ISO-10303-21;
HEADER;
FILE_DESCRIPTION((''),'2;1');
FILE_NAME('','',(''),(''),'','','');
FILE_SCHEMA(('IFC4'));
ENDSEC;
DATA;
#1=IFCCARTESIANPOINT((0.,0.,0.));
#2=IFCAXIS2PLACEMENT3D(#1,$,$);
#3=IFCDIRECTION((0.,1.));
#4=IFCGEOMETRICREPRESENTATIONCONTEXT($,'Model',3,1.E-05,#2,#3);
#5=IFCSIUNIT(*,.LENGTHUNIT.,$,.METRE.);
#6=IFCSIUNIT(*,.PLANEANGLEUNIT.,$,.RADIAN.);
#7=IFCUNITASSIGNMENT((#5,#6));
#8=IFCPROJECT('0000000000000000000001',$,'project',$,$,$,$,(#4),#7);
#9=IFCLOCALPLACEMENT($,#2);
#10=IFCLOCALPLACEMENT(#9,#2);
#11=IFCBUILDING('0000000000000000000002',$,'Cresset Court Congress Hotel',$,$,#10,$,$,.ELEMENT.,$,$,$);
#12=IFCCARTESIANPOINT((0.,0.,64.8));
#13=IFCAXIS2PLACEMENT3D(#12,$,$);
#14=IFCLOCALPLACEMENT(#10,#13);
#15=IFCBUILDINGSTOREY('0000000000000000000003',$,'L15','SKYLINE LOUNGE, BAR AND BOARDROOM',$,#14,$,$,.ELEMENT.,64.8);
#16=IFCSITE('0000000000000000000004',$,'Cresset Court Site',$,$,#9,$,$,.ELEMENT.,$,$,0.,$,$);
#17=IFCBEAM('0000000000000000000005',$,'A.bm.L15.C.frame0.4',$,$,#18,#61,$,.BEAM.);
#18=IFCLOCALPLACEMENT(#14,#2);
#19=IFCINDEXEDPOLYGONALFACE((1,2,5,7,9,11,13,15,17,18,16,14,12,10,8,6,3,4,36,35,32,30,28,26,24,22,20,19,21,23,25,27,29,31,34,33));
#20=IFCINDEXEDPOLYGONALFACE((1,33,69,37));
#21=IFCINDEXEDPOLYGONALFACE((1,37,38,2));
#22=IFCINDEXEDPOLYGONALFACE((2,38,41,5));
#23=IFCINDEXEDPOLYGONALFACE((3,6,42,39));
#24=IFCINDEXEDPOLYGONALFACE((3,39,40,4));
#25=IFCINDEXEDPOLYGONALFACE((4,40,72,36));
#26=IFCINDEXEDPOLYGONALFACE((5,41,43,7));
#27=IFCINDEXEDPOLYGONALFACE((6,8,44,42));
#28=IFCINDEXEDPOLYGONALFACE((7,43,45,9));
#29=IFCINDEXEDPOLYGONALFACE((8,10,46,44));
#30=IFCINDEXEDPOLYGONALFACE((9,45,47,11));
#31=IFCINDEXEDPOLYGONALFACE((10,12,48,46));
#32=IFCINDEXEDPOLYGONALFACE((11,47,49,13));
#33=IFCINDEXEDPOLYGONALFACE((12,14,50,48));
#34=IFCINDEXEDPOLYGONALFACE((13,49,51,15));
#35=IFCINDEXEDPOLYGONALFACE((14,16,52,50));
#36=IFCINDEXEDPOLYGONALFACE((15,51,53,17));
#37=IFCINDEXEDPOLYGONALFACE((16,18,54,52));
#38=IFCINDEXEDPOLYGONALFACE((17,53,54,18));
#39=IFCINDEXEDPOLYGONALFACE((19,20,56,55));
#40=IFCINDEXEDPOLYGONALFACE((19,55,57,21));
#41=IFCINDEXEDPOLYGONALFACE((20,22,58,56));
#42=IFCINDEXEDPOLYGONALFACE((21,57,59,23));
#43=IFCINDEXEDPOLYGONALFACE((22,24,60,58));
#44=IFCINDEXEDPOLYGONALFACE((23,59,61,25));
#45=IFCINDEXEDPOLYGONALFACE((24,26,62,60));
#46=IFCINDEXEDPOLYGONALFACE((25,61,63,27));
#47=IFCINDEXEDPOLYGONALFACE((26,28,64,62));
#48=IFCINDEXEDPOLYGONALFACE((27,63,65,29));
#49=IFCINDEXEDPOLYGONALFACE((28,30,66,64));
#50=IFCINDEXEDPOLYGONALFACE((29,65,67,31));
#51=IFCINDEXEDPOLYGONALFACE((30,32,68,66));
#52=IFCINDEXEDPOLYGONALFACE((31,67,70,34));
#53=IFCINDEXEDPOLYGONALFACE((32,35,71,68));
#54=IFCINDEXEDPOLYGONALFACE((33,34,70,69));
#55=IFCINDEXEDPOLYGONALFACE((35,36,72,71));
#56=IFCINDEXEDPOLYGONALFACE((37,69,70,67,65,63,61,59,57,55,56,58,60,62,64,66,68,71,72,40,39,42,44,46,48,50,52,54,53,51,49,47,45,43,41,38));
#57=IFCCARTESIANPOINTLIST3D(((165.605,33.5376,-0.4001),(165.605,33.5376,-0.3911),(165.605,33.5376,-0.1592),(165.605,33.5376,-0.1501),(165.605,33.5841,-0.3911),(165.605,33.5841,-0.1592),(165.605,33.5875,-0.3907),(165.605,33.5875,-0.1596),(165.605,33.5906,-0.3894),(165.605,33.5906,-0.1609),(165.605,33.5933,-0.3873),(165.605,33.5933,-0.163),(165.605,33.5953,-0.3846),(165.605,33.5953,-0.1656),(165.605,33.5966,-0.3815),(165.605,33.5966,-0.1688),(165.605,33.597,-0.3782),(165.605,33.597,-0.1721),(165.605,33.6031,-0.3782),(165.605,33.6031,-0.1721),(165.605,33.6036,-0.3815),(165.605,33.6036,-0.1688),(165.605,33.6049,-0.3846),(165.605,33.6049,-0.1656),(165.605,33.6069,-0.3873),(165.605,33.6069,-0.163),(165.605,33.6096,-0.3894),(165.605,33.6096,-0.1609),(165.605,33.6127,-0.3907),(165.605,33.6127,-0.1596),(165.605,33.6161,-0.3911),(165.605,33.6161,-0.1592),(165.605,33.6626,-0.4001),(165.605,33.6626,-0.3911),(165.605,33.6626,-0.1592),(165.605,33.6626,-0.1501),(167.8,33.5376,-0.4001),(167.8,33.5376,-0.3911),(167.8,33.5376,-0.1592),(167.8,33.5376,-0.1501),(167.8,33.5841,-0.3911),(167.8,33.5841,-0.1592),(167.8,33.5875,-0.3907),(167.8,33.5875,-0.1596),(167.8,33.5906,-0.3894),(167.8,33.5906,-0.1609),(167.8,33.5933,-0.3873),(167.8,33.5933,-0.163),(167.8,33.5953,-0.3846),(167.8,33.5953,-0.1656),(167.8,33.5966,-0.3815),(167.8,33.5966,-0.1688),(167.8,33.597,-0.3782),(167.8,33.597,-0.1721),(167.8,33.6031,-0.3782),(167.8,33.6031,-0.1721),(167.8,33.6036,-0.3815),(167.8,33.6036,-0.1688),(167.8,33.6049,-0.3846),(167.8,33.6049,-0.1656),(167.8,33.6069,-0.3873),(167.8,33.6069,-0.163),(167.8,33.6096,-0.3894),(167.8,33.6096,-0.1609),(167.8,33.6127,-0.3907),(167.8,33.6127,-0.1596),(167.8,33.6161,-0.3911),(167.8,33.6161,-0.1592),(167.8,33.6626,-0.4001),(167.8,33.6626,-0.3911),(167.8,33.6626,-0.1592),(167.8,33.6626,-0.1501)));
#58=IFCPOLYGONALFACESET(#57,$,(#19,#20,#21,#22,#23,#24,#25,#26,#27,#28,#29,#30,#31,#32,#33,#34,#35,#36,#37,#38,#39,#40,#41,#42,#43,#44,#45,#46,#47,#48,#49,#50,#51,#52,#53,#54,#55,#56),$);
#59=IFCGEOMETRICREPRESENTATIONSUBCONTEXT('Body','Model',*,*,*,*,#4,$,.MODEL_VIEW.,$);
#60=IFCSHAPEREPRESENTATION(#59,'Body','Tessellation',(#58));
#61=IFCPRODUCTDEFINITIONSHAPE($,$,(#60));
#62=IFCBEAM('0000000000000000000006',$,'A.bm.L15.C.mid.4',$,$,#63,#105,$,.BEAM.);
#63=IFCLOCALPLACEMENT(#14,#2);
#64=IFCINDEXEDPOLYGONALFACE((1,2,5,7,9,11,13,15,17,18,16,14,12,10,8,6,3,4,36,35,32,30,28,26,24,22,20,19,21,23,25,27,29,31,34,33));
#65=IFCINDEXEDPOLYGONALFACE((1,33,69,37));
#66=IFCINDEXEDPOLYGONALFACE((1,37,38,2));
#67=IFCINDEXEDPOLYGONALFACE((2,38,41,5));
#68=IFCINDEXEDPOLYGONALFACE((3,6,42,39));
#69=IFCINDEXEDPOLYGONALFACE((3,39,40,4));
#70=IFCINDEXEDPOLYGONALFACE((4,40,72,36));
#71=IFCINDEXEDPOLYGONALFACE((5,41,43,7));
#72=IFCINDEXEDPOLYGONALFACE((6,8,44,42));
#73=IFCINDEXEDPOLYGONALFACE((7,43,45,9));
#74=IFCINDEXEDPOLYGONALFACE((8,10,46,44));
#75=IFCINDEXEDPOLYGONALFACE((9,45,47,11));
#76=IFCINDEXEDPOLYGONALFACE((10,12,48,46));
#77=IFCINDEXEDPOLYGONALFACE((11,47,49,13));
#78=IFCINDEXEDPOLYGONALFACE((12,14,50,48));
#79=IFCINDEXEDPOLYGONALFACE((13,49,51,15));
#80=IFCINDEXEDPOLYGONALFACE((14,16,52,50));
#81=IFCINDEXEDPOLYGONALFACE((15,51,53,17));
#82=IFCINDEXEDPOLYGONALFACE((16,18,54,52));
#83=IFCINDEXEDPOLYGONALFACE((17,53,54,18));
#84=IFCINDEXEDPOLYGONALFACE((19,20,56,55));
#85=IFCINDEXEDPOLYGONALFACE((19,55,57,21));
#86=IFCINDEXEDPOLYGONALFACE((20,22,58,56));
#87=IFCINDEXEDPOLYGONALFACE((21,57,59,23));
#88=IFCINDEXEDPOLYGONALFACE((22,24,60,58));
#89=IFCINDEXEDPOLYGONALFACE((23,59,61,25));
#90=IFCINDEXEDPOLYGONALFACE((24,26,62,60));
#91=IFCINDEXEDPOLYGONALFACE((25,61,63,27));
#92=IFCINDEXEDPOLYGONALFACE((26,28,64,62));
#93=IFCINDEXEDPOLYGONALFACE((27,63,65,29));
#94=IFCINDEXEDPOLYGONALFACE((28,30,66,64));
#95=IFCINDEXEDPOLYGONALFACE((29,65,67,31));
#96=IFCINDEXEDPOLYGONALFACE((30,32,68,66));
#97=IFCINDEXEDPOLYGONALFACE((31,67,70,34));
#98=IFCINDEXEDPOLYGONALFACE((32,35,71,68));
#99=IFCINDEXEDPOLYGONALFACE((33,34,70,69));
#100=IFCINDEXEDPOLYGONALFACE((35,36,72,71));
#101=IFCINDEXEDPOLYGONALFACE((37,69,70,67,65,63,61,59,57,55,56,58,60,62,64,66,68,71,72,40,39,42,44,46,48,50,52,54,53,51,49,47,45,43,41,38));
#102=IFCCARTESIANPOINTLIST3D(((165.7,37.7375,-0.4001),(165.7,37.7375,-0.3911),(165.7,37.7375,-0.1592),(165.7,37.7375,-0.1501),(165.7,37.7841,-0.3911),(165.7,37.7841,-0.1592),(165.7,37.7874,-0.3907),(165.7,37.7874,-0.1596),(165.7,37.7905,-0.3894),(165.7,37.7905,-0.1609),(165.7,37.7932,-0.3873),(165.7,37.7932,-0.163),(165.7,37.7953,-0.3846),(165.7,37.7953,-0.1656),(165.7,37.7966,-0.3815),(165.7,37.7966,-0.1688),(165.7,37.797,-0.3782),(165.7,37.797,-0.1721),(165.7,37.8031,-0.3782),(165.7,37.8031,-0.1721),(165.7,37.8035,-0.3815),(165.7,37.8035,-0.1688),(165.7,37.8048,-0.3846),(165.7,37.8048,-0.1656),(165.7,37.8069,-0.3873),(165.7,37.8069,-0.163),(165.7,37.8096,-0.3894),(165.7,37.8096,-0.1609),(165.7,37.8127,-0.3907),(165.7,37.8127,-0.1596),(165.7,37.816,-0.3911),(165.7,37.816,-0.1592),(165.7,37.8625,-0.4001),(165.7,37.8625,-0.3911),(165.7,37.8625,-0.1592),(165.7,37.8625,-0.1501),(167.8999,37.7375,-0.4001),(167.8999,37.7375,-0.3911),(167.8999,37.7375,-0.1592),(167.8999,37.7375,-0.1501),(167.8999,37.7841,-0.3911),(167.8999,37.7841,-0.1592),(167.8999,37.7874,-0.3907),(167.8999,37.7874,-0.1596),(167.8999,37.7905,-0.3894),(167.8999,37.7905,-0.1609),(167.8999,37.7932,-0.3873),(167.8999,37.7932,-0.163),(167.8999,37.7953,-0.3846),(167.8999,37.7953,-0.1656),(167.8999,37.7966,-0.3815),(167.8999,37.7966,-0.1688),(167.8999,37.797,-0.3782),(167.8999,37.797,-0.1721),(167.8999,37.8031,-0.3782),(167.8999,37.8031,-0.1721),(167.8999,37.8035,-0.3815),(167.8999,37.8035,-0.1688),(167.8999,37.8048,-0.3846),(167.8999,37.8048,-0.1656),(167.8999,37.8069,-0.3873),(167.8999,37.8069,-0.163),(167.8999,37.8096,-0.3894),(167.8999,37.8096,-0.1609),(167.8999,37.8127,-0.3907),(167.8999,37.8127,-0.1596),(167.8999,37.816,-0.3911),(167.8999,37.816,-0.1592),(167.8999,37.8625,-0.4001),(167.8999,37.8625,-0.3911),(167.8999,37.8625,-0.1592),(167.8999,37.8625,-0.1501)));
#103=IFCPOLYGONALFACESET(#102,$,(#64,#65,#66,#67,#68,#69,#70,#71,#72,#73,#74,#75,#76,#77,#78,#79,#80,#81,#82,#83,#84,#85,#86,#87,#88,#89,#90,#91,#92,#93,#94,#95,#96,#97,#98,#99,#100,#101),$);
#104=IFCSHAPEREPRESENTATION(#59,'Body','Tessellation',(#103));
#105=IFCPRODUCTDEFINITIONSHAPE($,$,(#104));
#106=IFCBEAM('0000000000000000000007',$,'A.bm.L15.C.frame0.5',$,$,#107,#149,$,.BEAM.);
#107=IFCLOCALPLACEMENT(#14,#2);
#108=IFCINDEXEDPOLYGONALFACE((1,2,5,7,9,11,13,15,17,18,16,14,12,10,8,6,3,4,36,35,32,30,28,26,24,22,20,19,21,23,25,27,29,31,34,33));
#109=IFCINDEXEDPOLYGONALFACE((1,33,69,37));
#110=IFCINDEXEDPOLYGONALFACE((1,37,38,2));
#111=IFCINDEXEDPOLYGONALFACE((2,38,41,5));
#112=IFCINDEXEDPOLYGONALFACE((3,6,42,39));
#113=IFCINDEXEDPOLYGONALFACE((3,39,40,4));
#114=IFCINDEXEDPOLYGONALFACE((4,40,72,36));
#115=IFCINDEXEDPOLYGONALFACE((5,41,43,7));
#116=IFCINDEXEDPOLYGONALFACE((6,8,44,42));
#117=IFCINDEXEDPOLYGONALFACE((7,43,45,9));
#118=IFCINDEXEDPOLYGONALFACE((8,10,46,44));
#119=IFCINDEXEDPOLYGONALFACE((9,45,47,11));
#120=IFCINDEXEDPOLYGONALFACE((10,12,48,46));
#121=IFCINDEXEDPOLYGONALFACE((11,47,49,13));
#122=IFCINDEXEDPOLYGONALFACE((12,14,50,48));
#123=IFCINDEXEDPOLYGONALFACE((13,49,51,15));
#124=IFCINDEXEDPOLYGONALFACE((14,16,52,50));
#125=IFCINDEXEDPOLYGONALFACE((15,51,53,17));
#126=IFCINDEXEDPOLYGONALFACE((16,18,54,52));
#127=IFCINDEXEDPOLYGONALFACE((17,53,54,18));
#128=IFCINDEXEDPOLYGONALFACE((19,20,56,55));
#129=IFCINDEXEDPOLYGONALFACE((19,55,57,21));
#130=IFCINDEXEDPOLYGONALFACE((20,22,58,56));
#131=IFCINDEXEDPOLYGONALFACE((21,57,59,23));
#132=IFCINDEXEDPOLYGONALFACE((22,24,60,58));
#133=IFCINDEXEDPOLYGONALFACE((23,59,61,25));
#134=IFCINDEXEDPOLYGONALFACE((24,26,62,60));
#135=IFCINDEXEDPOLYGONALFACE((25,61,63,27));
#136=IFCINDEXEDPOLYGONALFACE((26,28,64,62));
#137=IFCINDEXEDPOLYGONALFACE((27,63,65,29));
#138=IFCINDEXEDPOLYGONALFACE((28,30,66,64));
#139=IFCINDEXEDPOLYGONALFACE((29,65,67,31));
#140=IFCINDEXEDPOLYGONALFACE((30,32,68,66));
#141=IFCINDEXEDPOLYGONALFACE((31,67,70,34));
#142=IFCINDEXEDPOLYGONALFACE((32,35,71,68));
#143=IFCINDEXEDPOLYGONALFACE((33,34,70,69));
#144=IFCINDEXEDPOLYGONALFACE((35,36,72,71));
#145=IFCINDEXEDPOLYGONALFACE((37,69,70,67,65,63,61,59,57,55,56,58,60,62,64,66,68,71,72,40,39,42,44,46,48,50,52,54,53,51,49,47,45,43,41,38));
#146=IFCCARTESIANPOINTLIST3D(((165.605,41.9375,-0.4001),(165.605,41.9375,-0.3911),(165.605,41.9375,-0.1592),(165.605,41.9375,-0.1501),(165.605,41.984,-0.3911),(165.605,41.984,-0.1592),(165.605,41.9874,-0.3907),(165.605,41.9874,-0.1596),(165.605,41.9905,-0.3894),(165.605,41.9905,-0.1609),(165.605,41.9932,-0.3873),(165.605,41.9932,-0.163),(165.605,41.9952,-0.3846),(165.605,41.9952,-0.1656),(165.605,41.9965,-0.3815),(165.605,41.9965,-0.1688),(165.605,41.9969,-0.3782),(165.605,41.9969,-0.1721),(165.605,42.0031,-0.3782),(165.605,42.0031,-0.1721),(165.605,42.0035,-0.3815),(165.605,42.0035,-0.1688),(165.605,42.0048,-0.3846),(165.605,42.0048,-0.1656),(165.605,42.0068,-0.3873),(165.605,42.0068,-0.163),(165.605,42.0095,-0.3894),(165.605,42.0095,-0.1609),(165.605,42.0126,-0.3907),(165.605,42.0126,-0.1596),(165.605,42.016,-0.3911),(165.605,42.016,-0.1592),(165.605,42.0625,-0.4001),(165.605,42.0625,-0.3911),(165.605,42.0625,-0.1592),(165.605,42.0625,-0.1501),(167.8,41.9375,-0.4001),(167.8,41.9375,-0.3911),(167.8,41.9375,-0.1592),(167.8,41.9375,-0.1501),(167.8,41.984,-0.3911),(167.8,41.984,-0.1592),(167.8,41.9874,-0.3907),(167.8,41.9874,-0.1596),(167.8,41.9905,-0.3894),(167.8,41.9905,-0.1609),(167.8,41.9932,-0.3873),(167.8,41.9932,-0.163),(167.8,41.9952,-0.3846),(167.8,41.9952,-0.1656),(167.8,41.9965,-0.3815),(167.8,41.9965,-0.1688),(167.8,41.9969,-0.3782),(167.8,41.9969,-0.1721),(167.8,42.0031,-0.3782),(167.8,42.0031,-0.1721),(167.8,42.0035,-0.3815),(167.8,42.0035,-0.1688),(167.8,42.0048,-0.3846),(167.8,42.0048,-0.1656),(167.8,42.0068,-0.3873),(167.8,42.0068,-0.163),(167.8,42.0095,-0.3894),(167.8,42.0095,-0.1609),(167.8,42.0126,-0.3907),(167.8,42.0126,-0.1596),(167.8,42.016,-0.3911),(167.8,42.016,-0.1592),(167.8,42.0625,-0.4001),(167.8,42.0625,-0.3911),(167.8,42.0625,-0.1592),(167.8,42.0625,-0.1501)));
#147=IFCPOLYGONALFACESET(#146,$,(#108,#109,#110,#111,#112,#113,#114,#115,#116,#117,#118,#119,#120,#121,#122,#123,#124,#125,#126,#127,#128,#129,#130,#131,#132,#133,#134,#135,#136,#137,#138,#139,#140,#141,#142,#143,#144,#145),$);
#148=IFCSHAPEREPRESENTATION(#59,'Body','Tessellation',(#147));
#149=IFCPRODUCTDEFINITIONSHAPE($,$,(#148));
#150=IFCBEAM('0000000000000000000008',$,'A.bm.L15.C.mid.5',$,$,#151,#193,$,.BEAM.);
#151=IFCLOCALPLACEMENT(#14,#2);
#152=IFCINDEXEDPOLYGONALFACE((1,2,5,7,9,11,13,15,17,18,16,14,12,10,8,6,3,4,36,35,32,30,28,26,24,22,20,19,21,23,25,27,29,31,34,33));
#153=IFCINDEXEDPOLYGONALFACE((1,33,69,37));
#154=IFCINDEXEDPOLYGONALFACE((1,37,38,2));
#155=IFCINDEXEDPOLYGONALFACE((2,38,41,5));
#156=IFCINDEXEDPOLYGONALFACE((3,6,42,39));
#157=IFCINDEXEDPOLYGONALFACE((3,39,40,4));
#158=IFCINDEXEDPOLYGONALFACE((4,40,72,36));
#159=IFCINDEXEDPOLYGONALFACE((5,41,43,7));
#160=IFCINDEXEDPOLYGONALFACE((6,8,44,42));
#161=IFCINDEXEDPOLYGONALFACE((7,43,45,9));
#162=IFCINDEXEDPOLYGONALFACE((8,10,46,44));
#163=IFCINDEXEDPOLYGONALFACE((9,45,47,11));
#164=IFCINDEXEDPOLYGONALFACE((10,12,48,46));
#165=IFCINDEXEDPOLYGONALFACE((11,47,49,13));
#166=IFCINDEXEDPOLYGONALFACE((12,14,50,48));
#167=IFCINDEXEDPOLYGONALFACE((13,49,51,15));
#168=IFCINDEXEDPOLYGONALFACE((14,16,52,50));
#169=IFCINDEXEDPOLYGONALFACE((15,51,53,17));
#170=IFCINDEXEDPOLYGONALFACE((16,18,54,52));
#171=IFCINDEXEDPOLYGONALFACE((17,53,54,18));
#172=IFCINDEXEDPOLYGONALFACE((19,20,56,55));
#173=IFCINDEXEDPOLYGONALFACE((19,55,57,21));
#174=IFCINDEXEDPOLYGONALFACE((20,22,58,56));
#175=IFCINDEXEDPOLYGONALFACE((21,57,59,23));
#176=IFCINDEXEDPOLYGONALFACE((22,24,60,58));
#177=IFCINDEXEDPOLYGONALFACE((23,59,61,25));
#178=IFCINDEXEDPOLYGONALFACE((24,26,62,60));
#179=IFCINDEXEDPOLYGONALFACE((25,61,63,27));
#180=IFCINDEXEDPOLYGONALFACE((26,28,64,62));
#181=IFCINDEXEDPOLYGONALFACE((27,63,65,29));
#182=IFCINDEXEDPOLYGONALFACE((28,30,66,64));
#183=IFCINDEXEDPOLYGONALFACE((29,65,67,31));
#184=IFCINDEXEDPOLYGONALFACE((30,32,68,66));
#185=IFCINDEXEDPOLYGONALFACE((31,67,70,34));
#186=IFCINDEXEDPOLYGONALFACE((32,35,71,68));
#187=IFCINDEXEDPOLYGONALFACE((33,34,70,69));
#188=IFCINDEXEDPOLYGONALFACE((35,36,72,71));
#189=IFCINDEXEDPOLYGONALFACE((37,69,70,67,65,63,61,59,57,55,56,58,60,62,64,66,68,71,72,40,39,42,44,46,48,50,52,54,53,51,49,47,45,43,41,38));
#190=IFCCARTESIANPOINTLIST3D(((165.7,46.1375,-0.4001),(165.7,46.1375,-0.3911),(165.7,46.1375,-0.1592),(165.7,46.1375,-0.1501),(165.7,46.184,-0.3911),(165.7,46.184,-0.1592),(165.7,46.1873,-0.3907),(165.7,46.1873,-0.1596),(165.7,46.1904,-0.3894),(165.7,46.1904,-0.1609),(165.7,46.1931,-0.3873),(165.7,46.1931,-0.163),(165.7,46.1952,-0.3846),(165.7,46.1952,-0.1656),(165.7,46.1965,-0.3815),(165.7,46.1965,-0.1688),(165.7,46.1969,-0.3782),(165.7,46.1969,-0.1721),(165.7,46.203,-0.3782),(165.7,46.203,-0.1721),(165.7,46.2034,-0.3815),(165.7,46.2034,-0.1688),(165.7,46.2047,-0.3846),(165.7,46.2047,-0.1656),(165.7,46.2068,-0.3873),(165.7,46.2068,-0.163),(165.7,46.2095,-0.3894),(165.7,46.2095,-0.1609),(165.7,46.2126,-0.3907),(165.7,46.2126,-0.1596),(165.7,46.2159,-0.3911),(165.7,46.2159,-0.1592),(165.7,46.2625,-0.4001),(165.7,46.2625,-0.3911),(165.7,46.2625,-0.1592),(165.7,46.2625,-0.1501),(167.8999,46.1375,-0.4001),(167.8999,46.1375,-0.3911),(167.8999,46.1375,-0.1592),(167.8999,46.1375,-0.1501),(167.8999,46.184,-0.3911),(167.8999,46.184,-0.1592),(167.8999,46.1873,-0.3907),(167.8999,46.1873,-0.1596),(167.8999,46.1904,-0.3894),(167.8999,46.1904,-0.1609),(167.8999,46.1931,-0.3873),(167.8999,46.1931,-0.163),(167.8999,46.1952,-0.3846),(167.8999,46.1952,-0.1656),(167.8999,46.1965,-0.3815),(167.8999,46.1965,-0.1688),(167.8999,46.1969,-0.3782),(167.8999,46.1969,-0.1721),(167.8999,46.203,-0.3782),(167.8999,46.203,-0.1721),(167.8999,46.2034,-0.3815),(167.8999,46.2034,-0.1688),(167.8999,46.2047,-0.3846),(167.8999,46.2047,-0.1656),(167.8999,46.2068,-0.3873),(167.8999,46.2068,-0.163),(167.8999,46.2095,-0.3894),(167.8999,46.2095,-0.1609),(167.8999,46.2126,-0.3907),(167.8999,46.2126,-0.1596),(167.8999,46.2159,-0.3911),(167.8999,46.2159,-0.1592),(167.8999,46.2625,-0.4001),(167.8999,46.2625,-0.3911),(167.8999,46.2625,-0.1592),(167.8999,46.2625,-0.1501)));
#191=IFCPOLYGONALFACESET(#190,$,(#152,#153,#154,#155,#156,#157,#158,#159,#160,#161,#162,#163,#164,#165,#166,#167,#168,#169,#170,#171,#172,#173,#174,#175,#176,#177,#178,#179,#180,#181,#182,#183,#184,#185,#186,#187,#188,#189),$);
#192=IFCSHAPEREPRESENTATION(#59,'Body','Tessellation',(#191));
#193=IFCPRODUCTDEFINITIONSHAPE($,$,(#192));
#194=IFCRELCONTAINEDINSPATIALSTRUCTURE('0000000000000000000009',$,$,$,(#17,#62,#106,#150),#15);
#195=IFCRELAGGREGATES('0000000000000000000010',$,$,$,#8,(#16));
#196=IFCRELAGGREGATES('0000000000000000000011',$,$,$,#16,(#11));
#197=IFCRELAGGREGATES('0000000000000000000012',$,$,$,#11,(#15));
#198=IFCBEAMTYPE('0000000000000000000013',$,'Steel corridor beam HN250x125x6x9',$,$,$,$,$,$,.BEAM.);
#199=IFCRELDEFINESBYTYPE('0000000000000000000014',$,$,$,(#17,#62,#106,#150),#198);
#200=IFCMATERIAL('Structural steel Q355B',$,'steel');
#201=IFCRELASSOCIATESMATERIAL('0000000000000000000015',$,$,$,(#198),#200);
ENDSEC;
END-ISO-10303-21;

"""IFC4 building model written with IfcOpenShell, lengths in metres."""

from ifc_helpers import new_model, si_unit, direction, frame, origin, origin_2d, place, context, subcontext, project, spatial, i_section, extrude, material, material_profile, profile_set, type_object, element, save


model = new_model("IFC4")

# Units and contexts
model_context = context("Model", 3, precision=1e-05, world=origin(), true_north=direction((0.0, 1.0)))
body_context = subcontext(model_context, "Body", "Model", "MODEL_VIEW")
ifc_project = project(units=[si_unit("LENGTHUNIT", "METRE"), si_unit("PLANEANGLEUNIT", "RADIAN")], contexts=[model_context])

# Site, building, storey
site_placement = place(None, origin())
site = spatial("IfcSite", under=ifc_project, at=site_placement, Name="Cresset Court Site", CompositionType="ELEMENT", RefElevation=0.0)
building_placement = place(site_placement, origin())
building = spatial("IfcBuilding", under=site, at=building_placement, Name="Cresset Court Congress Hotel", CompositionType="ELEMENT")
storey_placement = place(building_placement, frame((0.0, 0.0, 64.8)))
storey = spatial("IfcBuildingStorey", under=building, at=storey_placement, Name="L15", Description="SKYLINE LOUNGE, BAR AND BOARDROOM", CompositionType="ELEMENT", Elevation=64.8)

# Beams
ifc_material_1 = material(Name="Structural steel Q355B", Category="steel")
ifc_material_profile_1 = material_profile(ifc_material_1, i_section(OverallWidth=0.125, OverallDepth=0.25, WebThickness=0.0061, FlangeThickness=0.009, FilletRadius=0.0129, at=origin_2d()), Name="HN250x125x6x9")
ifc_profile_set_1 = profile_set([ifc_material_profile_1], Name="Structural steel Q355B")
beam_type_1 = type_object("IfcBeamType", Name="Steel corridor beam HN250x125x6x9", PredefinedType="BEAM", material=ifc_profile_set_1)
beam_1_placement = place(storey_placement, frame((165.605, 33.6001, -0.2751), z_axis=(1.0, 0.0, 0.0), x_axis=(0.0, 1.0, 0.0)))
element("IfcBeam", 1, at=beam_1_placement, inside=storey, type_object=beam_type_1, Name="A.bm.L15.C.frame0.4", PredefinedType="BEAM", context=body_context, shape_type="SweptSolid", body=[
    extrude(i_section(OverallWidth=0.125, OverallDepth=0.25, WebThickness=0.0061, FlangeThickness=0.009, FilletRadius=0.0129, at=origin_2d()), origin(), (0.0, 0.0, 1.0), 2.1951),
])
beam_2_placement = place(storey_placement, frame((165.7, 37.8, -0.2751), z_axis=(1.0, 0.0, 0.0), x_axis=(0.0, 1.0, 0.0)))
element("IfcBeam", 2, at=beam_2_placement, inside=storey, type_object=beam_type_1, Name="A.bm.L15.C.mid.4", PredefinedType="BEAM", context=body_context, shape_type="SweptSolid", body=[
    extrude(i_section(OverallWidth=0.125, OverallDepth=0.25, WebThickness=0.0061, FlangeThickness=0.009, FilletRadius=0.0129, at=origin_2d()), origin(), (0.0, 0.0, 1.0), 2.2),
])
beam_3_placement = place(storey_placement, frame((165.605, 42.0, -0.2751), z_axis=(1.0, 0.0, 0.0), x_axis=(0.0, 1.0, 0.0)))
element("IfcBeam", 3, at=beam_3_placement, inside=storey, type_object=beam_type_1, Name="A.bm.L15.C.frame0.5", PredefinedType="BEAM", context=body_context, shape_type="SweptSolid", body=[
    extrude(i_section(OverallWidth=0.125, OverallDepth=0.25, WebThickness=0.0061, FlangeThickness=0.009, FilletRadius=0.0129, at=origin_2d()), origin(), (0.0, 0.0, 1.0), 2.1951),
])
beam_4_placement = place(storey_placement, frame((165.7, 46.2, -0.2751), z_axis=(1.0, 0.0, 0.0), x_axis=(0.0, 1.0, 0.0)))
element("IfcBeam", 4, at=beam_4_placement, inside=storey, type_object=beam_type_1, Name="A.bm.L15.C.mid.5", PredefinedType="BEAM", context=body_context, shape_type="SweptSolid", body=[
    extrude(i_section(OverallWidth=0.125, OverallDepth=0.25, WebThickness=0.0061, FlangeThickness=0.009, FilletRadius=0.0129, at=origin_2d()), origin(), (0.0, 0.0, 1.0), 2.2),
])

save(model, "model.ifc")
